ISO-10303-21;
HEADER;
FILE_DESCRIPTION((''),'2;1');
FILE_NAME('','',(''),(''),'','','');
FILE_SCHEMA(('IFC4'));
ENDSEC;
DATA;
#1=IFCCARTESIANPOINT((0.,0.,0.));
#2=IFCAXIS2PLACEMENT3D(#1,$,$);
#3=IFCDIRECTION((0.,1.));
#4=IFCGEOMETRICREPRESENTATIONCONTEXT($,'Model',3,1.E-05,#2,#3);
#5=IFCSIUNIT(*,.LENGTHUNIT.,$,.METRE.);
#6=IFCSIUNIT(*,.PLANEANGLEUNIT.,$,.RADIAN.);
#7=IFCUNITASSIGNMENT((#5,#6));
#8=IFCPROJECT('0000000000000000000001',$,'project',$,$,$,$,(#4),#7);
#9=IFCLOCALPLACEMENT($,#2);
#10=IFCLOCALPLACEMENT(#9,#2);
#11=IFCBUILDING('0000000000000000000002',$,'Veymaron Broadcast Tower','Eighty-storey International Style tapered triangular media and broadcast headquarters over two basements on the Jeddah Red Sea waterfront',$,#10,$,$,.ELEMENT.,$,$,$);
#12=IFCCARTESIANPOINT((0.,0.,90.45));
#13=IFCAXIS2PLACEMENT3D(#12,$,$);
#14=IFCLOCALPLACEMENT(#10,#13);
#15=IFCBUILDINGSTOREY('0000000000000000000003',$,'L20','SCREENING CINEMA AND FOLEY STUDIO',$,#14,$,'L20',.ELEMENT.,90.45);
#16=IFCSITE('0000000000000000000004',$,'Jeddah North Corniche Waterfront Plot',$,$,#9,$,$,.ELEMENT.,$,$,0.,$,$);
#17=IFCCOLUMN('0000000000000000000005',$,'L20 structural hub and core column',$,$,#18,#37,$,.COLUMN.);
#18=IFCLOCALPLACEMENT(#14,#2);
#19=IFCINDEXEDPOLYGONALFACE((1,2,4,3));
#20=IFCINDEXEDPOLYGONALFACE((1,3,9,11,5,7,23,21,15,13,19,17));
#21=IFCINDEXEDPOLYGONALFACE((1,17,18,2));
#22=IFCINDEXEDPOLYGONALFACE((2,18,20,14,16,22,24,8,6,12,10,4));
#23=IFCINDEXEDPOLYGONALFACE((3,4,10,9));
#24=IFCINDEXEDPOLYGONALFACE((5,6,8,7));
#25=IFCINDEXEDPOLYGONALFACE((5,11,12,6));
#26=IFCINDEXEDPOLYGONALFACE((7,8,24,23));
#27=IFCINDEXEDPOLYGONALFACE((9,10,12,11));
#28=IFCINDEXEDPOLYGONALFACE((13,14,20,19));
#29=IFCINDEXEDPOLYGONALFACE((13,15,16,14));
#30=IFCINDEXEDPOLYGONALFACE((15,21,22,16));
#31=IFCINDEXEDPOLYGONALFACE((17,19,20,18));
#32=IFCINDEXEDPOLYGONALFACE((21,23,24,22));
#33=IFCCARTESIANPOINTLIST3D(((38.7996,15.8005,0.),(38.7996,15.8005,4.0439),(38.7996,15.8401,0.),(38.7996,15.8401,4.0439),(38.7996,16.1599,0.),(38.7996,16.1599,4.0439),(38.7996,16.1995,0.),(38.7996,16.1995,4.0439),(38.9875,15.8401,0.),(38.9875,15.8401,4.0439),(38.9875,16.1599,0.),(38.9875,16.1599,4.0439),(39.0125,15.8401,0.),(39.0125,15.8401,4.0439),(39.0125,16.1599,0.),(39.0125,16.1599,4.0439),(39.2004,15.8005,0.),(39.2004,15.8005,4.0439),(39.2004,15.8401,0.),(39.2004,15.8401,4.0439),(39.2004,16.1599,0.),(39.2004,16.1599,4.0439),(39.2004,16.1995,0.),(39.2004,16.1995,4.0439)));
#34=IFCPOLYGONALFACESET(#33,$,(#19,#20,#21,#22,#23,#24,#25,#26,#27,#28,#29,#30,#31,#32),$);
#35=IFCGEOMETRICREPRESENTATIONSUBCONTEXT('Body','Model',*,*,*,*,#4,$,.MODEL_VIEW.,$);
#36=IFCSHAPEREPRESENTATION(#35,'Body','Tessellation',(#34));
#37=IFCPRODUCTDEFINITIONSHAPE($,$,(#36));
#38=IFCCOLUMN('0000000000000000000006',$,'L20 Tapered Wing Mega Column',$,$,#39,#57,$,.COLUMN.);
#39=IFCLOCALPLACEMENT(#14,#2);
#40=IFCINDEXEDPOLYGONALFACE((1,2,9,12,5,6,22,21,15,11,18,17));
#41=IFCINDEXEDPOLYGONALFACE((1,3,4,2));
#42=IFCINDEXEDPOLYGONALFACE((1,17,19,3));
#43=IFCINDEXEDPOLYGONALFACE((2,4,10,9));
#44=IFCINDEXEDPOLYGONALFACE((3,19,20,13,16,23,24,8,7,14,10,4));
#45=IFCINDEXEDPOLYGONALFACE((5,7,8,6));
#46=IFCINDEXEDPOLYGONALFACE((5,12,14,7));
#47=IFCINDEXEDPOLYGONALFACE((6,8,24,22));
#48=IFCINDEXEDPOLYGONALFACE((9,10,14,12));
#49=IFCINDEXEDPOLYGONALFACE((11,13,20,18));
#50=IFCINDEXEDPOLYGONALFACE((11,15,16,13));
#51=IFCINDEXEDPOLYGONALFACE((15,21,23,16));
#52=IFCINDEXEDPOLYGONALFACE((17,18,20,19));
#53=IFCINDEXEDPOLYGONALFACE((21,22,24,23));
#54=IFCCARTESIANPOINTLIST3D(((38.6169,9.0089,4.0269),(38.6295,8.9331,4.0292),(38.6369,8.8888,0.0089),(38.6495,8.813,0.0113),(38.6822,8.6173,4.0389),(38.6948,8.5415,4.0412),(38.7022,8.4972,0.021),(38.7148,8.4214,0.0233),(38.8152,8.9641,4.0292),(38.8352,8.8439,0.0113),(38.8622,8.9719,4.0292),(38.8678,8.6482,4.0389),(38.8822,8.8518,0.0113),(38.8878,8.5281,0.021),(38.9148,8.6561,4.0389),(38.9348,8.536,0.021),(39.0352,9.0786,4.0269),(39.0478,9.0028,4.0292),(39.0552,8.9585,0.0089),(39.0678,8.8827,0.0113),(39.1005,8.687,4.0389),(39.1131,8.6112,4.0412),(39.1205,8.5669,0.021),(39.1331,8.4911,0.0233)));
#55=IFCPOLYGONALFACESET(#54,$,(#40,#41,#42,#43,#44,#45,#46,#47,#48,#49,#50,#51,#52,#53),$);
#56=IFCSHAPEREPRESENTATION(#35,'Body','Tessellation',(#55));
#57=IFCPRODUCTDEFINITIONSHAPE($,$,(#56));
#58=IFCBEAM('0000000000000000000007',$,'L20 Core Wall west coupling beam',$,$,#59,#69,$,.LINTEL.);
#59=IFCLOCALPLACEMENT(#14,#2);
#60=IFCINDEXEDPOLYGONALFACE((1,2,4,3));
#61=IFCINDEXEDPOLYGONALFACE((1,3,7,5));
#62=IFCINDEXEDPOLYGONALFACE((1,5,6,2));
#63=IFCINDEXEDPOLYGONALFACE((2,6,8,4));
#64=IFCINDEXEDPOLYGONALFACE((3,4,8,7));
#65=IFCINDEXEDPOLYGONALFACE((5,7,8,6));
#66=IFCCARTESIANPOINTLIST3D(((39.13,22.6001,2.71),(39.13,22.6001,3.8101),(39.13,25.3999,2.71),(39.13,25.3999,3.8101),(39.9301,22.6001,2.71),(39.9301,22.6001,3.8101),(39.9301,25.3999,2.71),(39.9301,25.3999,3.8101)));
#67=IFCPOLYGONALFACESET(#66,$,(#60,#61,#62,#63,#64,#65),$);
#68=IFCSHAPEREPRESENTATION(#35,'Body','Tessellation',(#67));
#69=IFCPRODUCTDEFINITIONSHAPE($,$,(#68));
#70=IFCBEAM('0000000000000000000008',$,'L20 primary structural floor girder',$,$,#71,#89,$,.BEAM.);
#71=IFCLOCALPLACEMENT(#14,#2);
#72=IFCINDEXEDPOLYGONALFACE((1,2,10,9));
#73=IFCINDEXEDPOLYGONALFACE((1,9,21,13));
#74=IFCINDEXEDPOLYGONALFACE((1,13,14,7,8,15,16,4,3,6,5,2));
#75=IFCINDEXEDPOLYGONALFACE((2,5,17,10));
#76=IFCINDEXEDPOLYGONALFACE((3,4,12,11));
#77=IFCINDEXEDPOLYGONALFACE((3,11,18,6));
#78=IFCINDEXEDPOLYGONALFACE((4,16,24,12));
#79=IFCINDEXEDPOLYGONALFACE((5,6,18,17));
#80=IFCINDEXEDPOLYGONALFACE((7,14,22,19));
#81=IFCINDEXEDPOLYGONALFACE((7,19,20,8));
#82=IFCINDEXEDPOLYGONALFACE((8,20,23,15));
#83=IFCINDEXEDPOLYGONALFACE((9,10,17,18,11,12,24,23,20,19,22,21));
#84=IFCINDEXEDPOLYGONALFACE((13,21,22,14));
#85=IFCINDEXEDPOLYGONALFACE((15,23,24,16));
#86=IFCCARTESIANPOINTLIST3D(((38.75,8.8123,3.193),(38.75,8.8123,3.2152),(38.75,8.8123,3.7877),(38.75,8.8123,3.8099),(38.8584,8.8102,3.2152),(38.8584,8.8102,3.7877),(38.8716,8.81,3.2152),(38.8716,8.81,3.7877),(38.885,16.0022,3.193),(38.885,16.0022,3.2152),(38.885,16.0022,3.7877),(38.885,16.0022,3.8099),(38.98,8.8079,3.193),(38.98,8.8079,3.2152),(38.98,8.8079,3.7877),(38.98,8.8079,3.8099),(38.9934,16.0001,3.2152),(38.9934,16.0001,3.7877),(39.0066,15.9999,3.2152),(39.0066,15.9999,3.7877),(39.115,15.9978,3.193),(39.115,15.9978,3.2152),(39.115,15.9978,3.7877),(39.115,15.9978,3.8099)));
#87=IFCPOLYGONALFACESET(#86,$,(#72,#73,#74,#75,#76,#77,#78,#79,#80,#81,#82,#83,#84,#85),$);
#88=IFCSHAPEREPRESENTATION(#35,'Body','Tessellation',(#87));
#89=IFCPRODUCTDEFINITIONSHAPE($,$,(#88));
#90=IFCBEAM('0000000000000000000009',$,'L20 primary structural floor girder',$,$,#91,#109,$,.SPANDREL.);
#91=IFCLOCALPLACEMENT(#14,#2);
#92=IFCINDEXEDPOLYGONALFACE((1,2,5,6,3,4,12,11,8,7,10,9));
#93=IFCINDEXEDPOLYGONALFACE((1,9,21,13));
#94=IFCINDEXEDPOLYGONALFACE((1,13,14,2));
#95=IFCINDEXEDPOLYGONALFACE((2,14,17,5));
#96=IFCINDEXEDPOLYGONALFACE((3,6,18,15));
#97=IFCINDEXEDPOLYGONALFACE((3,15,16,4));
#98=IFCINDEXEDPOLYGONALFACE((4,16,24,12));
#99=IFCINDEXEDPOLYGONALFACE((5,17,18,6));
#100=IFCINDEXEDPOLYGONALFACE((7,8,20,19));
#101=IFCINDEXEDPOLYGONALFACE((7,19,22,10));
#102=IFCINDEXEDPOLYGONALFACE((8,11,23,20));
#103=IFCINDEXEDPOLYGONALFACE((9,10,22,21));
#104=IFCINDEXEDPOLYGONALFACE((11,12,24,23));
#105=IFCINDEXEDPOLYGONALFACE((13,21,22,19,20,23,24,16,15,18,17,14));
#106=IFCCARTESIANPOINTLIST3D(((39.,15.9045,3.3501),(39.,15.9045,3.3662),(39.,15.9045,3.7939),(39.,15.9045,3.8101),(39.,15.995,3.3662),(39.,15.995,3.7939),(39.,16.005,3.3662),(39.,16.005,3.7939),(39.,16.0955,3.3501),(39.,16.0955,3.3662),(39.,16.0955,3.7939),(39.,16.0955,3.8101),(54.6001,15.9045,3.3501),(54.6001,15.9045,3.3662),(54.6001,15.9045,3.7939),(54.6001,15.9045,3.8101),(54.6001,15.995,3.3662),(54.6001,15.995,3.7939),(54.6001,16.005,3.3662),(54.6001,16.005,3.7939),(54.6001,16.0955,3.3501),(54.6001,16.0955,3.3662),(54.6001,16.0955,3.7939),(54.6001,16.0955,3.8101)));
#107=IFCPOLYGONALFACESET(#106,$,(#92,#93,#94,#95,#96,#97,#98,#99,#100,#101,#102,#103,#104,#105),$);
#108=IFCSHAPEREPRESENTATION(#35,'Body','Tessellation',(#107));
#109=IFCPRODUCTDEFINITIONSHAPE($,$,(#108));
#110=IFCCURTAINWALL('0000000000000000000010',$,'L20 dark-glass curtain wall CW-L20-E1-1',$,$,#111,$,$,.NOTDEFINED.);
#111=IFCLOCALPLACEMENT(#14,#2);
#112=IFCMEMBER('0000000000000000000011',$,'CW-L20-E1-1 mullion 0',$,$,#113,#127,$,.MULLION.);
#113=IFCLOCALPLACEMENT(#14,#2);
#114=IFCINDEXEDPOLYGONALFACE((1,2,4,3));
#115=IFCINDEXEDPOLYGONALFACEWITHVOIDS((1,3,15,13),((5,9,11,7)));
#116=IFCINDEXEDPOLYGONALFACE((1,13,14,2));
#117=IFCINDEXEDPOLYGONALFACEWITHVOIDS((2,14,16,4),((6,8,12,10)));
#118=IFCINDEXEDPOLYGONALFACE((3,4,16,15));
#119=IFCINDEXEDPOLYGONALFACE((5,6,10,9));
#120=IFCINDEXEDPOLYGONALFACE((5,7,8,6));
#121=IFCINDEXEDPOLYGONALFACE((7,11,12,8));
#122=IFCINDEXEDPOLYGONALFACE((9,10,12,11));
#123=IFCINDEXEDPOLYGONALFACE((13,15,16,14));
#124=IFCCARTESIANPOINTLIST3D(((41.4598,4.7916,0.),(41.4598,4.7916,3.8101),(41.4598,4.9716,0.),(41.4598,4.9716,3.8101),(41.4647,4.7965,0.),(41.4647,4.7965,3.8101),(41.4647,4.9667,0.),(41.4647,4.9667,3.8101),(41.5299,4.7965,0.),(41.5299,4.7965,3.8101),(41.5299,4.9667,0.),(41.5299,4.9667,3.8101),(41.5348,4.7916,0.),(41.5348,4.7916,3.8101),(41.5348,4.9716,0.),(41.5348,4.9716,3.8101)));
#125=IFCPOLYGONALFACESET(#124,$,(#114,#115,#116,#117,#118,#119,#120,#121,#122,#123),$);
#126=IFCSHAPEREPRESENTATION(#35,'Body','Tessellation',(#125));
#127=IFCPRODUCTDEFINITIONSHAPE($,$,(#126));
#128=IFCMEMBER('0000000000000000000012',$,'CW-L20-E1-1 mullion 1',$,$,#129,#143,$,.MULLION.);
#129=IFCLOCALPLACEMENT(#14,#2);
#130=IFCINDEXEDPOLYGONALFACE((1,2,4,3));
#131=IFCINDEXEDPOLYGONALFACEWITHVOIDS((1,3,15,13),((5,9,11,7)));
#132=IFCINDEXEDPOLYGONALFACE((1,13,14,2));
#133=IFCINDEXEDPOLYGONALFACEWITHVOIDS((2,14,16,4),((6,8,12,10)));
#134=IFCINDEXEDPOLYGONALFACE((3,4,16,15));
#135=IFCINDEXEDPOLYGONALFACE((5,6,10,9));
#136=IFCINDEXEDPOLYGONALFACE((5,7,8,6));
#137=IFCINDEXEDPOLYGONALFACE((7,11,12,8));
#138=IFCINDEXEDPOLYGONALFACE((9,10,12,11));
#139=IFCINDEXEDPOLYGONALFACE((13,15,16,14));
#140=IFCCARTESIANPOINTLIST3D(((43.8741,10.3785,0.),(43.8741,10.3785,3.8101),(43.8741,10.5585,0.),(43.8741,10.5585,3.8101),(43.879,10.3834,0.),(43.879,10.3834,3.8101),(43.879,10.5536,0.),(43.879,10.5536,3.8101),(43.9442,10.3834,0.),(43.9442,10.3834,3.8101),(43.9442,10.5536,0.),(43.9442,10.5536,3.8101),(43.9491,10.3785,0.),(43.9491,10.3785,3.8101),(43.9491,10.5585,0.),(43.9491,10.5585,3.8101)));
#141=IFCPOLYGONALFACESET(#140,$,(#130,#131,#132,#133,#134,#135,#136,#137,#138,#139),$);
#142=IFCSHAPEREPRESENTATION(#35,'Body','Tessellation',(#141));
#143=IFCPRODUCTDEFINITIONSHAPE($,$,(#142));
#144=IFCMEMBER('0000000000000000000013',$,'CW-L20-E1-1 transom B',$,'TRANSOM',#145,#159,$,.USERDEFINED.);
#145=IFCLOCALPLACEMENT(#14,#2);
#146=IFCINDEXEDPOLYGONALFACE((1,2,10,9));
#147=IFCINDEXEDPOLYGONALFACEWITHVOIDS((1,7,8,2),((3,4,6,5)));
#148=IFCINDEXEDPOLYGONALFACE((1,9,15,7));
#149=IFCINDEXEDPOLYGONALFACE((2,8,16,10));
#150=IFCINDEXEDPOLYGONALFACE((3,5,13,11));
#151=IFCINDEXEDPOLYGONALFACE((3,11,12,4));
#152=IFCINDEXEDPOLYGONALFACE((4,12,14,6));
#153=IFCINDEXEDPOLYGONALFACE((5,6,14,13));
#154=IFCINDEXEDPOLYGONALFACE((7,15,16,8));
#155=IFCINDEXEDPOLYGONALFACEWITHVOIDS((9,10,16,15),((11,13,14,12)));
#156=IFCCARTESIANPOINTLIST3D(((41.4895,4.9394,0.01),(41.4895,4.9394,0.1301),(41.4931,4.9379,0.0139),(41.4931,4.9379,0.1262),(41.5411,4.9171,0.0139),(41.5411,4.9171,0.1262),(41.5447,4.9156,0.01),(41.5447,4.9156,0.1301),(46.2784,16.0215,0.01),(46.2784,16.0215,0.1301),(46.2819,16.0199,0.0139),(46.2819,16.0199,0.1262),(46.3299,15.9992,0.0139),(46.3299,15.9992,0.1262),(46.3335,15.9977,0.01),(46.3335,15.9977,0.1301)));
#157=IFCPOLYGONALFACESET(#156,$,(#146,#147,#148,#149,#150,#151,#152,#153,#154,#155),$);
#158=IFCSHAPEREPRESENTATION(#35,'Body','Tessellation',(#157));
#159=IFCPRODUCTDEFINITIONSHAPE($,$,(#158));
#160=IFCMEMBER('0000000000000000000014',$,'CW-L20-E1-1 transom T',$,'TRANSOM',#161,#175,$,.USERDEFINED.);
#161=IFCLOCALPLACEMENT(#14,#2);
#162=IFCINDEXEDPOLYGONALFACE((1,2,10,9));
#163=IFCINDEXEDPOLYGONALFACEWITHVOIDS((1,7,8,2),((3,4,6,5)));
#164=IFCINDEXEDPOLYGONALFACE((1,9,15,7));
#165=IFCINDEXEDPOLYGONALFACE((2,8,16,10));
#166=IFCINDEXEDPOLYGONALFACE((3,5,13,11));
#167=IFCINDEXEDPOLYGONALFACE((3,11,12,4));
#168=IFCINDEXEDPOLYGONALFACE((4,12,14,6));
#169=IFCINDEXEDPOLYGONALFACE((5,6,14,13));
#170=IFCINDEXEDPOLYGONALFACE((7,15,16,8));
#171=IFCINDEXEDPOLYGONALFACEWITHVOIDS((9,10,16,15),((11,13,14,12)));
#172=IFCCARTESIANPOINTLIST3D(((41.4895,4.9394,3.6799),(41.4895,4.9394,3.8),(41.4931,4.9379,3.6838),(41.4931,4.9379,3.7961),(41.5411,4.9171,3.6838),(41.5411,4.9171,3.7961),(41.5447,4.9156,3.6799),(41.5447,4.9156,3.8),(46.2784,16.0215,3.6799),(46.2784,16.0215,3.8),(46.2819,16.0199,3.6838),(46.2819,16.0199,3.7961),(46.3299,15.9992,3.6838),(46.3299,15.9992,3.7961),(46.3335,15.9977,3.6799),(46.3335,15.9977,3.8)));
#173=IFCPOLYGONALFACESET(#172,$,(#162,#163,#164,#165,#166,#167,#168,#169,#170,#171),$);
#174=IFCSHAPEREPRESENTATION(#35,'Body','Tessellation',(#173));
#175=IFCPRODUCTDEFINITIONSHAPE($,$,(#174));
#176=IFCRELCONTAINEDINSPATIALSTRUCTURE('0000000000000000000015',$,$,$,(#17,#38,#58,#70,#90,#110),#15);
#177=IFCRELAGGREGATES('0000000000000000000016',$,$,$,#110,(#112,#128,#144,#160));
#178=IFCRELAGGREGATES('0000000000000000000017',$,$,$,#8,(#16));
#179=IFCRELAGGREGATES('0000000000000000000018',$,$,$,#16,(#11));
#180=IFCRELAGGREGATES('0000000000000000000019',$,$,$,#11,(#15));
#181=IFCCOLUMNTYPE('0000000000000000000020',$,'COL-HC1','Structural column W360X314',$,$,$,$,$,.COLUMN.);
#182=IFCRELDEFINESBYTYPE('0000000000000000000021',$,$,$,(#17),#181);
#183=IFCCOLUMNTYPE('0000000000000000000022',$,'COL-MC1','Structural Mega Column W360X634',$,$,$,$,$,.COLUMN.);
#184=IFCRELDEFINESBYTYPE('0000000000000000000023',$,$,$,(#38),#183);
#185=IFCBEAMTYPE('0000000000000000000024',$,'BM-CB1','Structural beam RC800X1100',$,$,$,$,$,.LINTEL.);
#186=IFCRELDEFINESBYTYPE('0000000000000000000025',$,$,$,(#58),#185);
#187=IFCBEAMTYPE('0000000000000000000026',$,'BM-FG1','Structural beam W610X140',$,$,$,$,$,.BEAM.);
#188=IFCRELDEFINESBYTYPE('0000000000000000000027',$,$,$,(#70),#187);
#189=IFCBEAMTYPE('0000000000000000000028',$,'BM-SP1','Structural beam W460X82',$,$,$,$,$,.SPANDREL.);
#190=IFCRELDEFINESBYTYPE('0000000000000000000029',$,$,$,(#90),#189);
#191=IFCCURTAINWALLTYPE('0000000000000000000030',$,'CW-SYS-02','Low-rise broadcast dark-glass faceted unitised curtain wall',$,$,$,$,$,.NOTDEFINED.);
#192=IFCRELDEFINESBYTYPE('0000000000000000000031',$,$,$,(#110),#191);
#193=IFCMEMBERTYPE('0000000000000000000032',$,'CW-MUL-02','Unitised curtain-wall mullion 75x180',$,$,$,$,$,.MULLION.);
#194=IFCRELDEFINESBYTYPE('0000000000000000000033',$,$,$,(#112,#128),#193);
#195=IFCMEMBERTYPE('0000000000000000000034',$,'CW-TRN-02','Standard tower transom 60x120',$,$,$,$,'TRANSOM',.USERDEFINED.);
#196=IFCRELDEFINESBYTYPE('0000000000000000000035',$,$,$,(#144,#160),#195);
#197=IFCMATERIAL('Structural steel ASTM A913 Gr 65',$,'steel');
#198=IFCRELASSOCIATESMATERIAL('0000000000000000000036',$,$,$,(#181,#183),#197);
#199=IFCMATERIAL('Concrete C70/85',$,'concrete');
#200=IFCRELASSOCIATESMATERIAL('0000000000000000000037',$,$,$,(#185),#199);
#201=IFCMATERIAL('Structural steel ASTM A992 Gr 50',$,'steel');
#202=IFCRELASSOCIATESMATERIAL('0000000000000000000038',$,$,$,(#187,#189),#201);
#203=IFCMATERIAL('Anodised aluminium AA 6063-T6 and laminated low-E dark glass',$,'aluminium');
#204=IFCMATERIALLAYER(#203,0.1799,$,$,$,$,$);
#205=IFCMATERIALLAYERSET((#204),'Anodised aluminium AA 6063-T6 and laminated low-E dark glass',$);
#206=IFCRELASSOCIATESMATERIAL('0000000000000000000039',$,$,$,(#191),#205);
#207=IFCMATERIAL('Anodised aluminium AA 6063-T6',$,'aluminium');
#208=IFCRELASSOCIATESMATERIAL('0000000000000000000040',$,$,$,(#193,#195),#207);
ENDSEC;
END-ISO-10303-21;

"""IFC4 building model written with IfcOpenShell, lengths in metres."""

from ifc_helpers import new_model, si_unit, direction, frame, origin, origin_2d, place, context, subcontext, project, spatial, rectangle, hollow_rectangle, i_section, extrude, material, layer, layer_set, material_profile, profile_set, type_object, element, aggregate, save


model = new_model("IFC4")

# Units and contexts
model_context = context("Model", 3, precision=1e-05, world=origin(), true_north=direction((0.0, 1.0)))
body_context = subcontext(model_context, "Body", "Model", "MODEL_VIEW")
ifc_project = project(units=[si_unit("LENGTHUNIT", "METRE"), si_unit("PLANEANGLEUNIT", "RADIAN")], contexts=[model_context])

# Site, building, storey
site_placement = place(None, origin())
site = spatial("IfcSite", under=ifc_project, at=site_placement, Name="Jeddah North Corniche Waterfront Plot", CompositionType="ELEMENT", RefElevation=0.0)
building_placement = place(site_placement, origin())
building = spatial("IfcBuilding", under=site, at=building_placement, Name="Veymaron Broadcast Tower", Description="Eighty-storey International Style tapered triangular media and broadcast headquarters over two basements on the Jeddah Red Sea waterfront", CompositionType="ELEMENT")
storey_placement = place(building_placement, frame((0.0, 0.0, 90.45)))
storey = spatial("IfcBuildingStorey", under=building, at=storey_placement, Name="L20", Description="SCREENING CINEMA AND FOLEY STUDIO", LongName="L20", CompositionType="ELEMENT", Elevation=90.45)

# Columns
ifc_material_1 = material(Name="Structural steel ASTM A913 Gr 65", Category="steel")
ifc_material_profile_1 = material_profile(ifc_material_1, i_section(OverallWidth=0.4009, OverallDepth=0.3989, WebThickness=0.0249, FlangeThickness=0.0396, at=origin_2d()), Name="W360X314")
ifc_profile_set_1 = profile_set([ifc_material_profile_1], Name="Structural steel ASTM A913 Gr 65")
column_type_1 = type_object("IfcColumnType", Name="COL-HC1", Description="Structural column W360X314", PredefinedType="COLUMN", material=ifc_profile_set_1)
column_1_placement = place(storey_placement, frame((39.0, 16.0, 0.0), z_axis=(0.0, 0.0, 1.0), x_axis=(1.0, 0.0, 0.0)))
element("IfcColumn", 1, at=column_1_placement, inside=storey, type_object=column_type_1, Name="L20 structural hub and core column", PredefinedType="COLUMN", context=body_context, shape_type="SweptSolid", body=[
    extrude(i_section(OverallWidth=0.4009, OverallDepth=0.3989, WebThickness=0.0249, FlangeThickness=0.0396, at=origin_2d()), origin(), (0.0, 0.0, 1.0), 4.0439),
])
ifc_material_profile_2 = material_profile(ifc_material_1, i_section(OverallWidth=0.4241, OverallDepth=0.4741, WebThickness=0.0476, FlangeThickness=0.0769, at=origin_2d()), Name="W360X634")
ifc_profile_set_2 = profile_set([ifc_material_profile_2], Name="Structural steel ASTM A913 Gr 65")
column_type_2 = type_object("IfcColumnType", Name="COL-MC1", Description="Structural Mega Column W360X634", PredefinedType="COLUMN", material=ifc_profile_set_2)
column_2_placement = place(storey_placement, frame((38.885, 8.6899, 0.0161), z_axis=(-0.00498, 0.029882, 0.999541), x_axis=(-0.986394, -0.164399, 0.0)))
element("IfcColumn", 2, at=column_2_placement, inside=storey, type_object=column_type_2, Name="L20 Tapered Wing Mega Column", PredefinedType="COLUMN", context=body_context, shape_type="SweptSolid", body=[
    extrude(i_section(OverallWidth=0.4241, OverallDepth=0.4741, WebThickness=0.0476, FlangeThickness=0.0769, at=origin_2d()), origin(), (0.0, 0.0, 1.0), 4.0198),
])

# Beams
ifc_material_2 = material(Name="Concrete C70/85", Category="concrete")
ifc_material_profile_3 = material_profile(ifc_material_2, rectangle(XDim=0.8, YDim=1.1001, at=origin_2d()), Name="RC800X1100")
ifc_profile_set_3 = profile_set([ifc_material_profile_3], Name="Concrete C70/85")
beam_type_1 = type_object("IfcBeamType", Name="BM-CB1", Description="Structural beam RC800X1100", PredefinedType="LINTEL", material=ifc_profile_set_3)
beam_1_placement = place(storey_placement, frame((39.53, 22.6001, 3.26), z_axis=(0.0, 1.0, 0.0), x_axis=(-1.0, 0.0, 0.0)))
element("IfcBeam", 3, at=beam_1_placement, inside=storey, type_object=beam_type_1, Name="L20 Core Wall west coupling beam", PredefinedType="LINTEL", context=body_context, shape_type="SweptSolid", body=[
    extrude(rectangle(XDim=0.8, YDim=1.1001, at=origin_2d()), origin(), (0.0, 0.0, 1.0), 2.7998),
])
ifc_material_3 = material(Name="Structural steel ASTM A992 Gr 50", Category="steel")
ifc_material_profile_4 = material_profile(ifc_material_3, i_section(OverallWidth=0.23, OverallDepth=0.6169, WebThickness=0.0132, FlangeThickness=0.0222, at=origin_2d()), Name="W610X140")
ifc_profile_set_4 = profile_set([ifc_material_profile_4], Name="Structural steel ASTM A992 Gr 50")
beam_type_2 = type_object("IfcBeamType", Name="BM-FG1", Description="Structural beam W610X140", PredefinedType="BEAM", material=ifc_profile_set_4)
beam_2_placement = place(storey_placement, frame((39.0, 16.0, 3.5015), z_axis=(-0.018774, -0.999824, 0.0), x_axis=(0.999824, -0.018774, 0.0)))
element("IfcBeam", 4, at=beam_2_placement, inside=storey, type_object=beam_type_2, Name="L20 primary structural floor girder", PredefinedType="BEAM", context=body_context, shape_type="SweptSolid", body=[
    extrude(i_section(OverallWidth=0.23, OverallDepth=0.6169, WebThickness=0.0132, FlangeThickness=0.0222, at=origin_2d()), origin(), (0.0, 0.0, 1.0), 7.1912),
])
ifc_material_profile_5 = material_profile(ifc_material_3, i_section(OverallWidth=0.1909, OverallDepth=0.46, WebThickness=0.01, FlangeThickness=0.0161, at=origin_2d()), Name="W460X82")
ifc_profile_set_5 = profile_set([ifc_material_profile_5], Name="Structural steel ASTM A992 Gr 50")
beam_type_3 = type_object("IfcBeamType", Name="BM-SP1", Description="Structural beam W460X82", PredefinedType="SPANDREL", material=ifc_profile_set_5)
beam_3_placement = place(storey_placement, frame((39.0, 16.0, 3.5801), z_axis=(1.0, 0.0, 0.0), x_axis=(0.0, 1.0, 0.0)))
element("IfcBeam", 5, at=beam_3_placement, inside=storey, type_object=beam_type_3, Name="L20 primary structural floor girder", PredefinedType="SPANDREL", context=body_context, shape_type="SweptSolid", body=[
    extrude(i_section(OverallWidth=0.1909, OverallDepth=0.46, WebThickness=0.01, FlangeThickness=0.0161, at=origin_2d()), origin(), (0.0, 0.0, 1.0), 15.6001),
])

# Curtain wall, members
ifc_material_4 = material(Name="Anodised aluminium AA 6063-T6 and laminated low-E dark glass", Category="aluminium")
ifc_layer_1 = layer(ifc_material_4, 0.1799)
ifc_layer_set_1 = layer_set([ifc_layer_1], Name="Anodised aluminium AA 6063-T6 and laminated low-E dark glass")
curtain_wall_type = type_object("IfcCurtainWallType", Name="CW-SYS-02", Description="Low-rise broadcast dark-glass faceted unitised curtain wall", PredefinedType="NOTDEFINED", material=ifc_layer_set_1)
curtain_wall_placement = place(storey_placement, origin())
curtain_wall = element("IfcCurtainWall", 6, at=curtain_wall_placement, inside=storey, type_object=curtain_wall_type, Name="L20 dark-glass curtain wall CW-L20-E1-1", PredefinedType="NOTDEFINED")
ifc_material_5 = material(Name="Anodised aluminium AA 6063-T6", Category="aluminium")
ifc_material_profile_6 = material_profile(ifc_material_5, hollow_rectangle(XDim=0.075, YDim=0.1799, WallThickness=0.0049, at=origin_2d()), Name="AL180X75X5")
ifc_profile_set_6 = profile_set([ifc_material_profile_6], Name="Anodised aluminium AA 6063-T6")
member_type_1 = type_object("IfcMemberType", Name="CW-MUL-02", Description="Unitised curtain-wall mullion 75x180", PredefinedType="MULLION", material=ifc_profile_set_6)
member_1_placement = place(storey_placement, frame((41.4973, 4.8816, 0.0), z_axis=(0.0, 0.0, 1.0), x_axis=(1.0, 0.0, 0.0)))
member_1 = element("IfcMember", 7, at=member_1_placement, type_object=member_type_1, Name="CW-L20-E1-1 mullion 0", PredefinedType="MULLION", context=body_context, shape_type="SweptSolid", body=[
    extrude(hollow_rectangle(XDim=0.075, YDim=0.1799, WallThickness=0.0049, at=origin_2d()), origin(), (0.0, 0.0, 1.0), 3.8101),
])
member_2_placement = place(storey_placement, frame((43.9116, 10.4685, 0.0), z_axis=(0.0, 0.0, 1.0), x_axis=(1.0, 0.0, 0.0)))
member_2 = element("IfcMember", 8, at=member_2_placement, type_object=member_type_1, Name="CW-L20-E1-1 mullion 1", PredefinedType="MULLION", context=body_context, shape_type="SweptSolid", body=[
    extrude(hollow_rectangle(XDim=0.075, YDim=0.1799, WallThickness=0.0049, at=origin_2d()), origin(), (0.0, 0.0, 1.0), 3.8101),
])
ifc_material_profile_7 = material_profile(ifc_material_5, hollow_rectangle(XDim=0.0601, YDim=0.1201, WallThickness=0.0039, at=origin_2d()), Name="AL120X60X4")
ifc_profile_set_7 = profile_set([ifc_material_profile_7], Name="Anodised aluminium AA 6063-T6")
member_type_2 = type_object("IfcMemberType", Name="CW-TRN-02", Description="Standard tower transom 60x120", ElementType="TRANSOM", PredefinedType="USERDEFINED", material=ifc_profile_set_7)
member_3_placement = place(storey_placement, frame((41.5171, 4.9275, 0.0701), z_axis=(0.396673, 0.91796, 0.0), x_axis=(-0.91796, 0.396673, 0.0)))
member_3 = element("IfcMember", 9, at=member_3_placement, type_object=member_type_2, Name="CW-L20-E1-1 transom B", ObjectType="TRANSOM", PredefinedType="USERDEFINED", context=body_context, shape_type="SweptSolid", body=[
    extrude(hollow_rectangle(XDim=0.0601, YDim=0.1201, WallThickness=0.0039, at=origin_2d()), origin(), (0.0, 0.0, 1.0), 12.0725),
])
member_4_placement = place(storey_placement, frame((41.5171, 4.9275, 3.74), z_axis=(0.396673, 0.91796, 0.0), x_axis=(-0.91796, 0.396673, 0.0)))
member_4 = element("IfcMember", 10, at=member_4_placement, type_object=member_type_2, Name="CW-L20-E1-1 transom T", ObjectType="TRANSOM", PredefinedType="USERDEFINED", context=body_context, shape_type="SweptSolid", body=[
    extrude(hollow_rectangle(XDim=0.0601, YDim=0.1201, WallThickness=0.0039, at=origin_2d()), origin(), (0.0, 0.0, 1.0), 12.0725),
])
aggregate(curtain_wall, [member_1, member_2, member_3, member_4])

save(model, "model.ifc")
